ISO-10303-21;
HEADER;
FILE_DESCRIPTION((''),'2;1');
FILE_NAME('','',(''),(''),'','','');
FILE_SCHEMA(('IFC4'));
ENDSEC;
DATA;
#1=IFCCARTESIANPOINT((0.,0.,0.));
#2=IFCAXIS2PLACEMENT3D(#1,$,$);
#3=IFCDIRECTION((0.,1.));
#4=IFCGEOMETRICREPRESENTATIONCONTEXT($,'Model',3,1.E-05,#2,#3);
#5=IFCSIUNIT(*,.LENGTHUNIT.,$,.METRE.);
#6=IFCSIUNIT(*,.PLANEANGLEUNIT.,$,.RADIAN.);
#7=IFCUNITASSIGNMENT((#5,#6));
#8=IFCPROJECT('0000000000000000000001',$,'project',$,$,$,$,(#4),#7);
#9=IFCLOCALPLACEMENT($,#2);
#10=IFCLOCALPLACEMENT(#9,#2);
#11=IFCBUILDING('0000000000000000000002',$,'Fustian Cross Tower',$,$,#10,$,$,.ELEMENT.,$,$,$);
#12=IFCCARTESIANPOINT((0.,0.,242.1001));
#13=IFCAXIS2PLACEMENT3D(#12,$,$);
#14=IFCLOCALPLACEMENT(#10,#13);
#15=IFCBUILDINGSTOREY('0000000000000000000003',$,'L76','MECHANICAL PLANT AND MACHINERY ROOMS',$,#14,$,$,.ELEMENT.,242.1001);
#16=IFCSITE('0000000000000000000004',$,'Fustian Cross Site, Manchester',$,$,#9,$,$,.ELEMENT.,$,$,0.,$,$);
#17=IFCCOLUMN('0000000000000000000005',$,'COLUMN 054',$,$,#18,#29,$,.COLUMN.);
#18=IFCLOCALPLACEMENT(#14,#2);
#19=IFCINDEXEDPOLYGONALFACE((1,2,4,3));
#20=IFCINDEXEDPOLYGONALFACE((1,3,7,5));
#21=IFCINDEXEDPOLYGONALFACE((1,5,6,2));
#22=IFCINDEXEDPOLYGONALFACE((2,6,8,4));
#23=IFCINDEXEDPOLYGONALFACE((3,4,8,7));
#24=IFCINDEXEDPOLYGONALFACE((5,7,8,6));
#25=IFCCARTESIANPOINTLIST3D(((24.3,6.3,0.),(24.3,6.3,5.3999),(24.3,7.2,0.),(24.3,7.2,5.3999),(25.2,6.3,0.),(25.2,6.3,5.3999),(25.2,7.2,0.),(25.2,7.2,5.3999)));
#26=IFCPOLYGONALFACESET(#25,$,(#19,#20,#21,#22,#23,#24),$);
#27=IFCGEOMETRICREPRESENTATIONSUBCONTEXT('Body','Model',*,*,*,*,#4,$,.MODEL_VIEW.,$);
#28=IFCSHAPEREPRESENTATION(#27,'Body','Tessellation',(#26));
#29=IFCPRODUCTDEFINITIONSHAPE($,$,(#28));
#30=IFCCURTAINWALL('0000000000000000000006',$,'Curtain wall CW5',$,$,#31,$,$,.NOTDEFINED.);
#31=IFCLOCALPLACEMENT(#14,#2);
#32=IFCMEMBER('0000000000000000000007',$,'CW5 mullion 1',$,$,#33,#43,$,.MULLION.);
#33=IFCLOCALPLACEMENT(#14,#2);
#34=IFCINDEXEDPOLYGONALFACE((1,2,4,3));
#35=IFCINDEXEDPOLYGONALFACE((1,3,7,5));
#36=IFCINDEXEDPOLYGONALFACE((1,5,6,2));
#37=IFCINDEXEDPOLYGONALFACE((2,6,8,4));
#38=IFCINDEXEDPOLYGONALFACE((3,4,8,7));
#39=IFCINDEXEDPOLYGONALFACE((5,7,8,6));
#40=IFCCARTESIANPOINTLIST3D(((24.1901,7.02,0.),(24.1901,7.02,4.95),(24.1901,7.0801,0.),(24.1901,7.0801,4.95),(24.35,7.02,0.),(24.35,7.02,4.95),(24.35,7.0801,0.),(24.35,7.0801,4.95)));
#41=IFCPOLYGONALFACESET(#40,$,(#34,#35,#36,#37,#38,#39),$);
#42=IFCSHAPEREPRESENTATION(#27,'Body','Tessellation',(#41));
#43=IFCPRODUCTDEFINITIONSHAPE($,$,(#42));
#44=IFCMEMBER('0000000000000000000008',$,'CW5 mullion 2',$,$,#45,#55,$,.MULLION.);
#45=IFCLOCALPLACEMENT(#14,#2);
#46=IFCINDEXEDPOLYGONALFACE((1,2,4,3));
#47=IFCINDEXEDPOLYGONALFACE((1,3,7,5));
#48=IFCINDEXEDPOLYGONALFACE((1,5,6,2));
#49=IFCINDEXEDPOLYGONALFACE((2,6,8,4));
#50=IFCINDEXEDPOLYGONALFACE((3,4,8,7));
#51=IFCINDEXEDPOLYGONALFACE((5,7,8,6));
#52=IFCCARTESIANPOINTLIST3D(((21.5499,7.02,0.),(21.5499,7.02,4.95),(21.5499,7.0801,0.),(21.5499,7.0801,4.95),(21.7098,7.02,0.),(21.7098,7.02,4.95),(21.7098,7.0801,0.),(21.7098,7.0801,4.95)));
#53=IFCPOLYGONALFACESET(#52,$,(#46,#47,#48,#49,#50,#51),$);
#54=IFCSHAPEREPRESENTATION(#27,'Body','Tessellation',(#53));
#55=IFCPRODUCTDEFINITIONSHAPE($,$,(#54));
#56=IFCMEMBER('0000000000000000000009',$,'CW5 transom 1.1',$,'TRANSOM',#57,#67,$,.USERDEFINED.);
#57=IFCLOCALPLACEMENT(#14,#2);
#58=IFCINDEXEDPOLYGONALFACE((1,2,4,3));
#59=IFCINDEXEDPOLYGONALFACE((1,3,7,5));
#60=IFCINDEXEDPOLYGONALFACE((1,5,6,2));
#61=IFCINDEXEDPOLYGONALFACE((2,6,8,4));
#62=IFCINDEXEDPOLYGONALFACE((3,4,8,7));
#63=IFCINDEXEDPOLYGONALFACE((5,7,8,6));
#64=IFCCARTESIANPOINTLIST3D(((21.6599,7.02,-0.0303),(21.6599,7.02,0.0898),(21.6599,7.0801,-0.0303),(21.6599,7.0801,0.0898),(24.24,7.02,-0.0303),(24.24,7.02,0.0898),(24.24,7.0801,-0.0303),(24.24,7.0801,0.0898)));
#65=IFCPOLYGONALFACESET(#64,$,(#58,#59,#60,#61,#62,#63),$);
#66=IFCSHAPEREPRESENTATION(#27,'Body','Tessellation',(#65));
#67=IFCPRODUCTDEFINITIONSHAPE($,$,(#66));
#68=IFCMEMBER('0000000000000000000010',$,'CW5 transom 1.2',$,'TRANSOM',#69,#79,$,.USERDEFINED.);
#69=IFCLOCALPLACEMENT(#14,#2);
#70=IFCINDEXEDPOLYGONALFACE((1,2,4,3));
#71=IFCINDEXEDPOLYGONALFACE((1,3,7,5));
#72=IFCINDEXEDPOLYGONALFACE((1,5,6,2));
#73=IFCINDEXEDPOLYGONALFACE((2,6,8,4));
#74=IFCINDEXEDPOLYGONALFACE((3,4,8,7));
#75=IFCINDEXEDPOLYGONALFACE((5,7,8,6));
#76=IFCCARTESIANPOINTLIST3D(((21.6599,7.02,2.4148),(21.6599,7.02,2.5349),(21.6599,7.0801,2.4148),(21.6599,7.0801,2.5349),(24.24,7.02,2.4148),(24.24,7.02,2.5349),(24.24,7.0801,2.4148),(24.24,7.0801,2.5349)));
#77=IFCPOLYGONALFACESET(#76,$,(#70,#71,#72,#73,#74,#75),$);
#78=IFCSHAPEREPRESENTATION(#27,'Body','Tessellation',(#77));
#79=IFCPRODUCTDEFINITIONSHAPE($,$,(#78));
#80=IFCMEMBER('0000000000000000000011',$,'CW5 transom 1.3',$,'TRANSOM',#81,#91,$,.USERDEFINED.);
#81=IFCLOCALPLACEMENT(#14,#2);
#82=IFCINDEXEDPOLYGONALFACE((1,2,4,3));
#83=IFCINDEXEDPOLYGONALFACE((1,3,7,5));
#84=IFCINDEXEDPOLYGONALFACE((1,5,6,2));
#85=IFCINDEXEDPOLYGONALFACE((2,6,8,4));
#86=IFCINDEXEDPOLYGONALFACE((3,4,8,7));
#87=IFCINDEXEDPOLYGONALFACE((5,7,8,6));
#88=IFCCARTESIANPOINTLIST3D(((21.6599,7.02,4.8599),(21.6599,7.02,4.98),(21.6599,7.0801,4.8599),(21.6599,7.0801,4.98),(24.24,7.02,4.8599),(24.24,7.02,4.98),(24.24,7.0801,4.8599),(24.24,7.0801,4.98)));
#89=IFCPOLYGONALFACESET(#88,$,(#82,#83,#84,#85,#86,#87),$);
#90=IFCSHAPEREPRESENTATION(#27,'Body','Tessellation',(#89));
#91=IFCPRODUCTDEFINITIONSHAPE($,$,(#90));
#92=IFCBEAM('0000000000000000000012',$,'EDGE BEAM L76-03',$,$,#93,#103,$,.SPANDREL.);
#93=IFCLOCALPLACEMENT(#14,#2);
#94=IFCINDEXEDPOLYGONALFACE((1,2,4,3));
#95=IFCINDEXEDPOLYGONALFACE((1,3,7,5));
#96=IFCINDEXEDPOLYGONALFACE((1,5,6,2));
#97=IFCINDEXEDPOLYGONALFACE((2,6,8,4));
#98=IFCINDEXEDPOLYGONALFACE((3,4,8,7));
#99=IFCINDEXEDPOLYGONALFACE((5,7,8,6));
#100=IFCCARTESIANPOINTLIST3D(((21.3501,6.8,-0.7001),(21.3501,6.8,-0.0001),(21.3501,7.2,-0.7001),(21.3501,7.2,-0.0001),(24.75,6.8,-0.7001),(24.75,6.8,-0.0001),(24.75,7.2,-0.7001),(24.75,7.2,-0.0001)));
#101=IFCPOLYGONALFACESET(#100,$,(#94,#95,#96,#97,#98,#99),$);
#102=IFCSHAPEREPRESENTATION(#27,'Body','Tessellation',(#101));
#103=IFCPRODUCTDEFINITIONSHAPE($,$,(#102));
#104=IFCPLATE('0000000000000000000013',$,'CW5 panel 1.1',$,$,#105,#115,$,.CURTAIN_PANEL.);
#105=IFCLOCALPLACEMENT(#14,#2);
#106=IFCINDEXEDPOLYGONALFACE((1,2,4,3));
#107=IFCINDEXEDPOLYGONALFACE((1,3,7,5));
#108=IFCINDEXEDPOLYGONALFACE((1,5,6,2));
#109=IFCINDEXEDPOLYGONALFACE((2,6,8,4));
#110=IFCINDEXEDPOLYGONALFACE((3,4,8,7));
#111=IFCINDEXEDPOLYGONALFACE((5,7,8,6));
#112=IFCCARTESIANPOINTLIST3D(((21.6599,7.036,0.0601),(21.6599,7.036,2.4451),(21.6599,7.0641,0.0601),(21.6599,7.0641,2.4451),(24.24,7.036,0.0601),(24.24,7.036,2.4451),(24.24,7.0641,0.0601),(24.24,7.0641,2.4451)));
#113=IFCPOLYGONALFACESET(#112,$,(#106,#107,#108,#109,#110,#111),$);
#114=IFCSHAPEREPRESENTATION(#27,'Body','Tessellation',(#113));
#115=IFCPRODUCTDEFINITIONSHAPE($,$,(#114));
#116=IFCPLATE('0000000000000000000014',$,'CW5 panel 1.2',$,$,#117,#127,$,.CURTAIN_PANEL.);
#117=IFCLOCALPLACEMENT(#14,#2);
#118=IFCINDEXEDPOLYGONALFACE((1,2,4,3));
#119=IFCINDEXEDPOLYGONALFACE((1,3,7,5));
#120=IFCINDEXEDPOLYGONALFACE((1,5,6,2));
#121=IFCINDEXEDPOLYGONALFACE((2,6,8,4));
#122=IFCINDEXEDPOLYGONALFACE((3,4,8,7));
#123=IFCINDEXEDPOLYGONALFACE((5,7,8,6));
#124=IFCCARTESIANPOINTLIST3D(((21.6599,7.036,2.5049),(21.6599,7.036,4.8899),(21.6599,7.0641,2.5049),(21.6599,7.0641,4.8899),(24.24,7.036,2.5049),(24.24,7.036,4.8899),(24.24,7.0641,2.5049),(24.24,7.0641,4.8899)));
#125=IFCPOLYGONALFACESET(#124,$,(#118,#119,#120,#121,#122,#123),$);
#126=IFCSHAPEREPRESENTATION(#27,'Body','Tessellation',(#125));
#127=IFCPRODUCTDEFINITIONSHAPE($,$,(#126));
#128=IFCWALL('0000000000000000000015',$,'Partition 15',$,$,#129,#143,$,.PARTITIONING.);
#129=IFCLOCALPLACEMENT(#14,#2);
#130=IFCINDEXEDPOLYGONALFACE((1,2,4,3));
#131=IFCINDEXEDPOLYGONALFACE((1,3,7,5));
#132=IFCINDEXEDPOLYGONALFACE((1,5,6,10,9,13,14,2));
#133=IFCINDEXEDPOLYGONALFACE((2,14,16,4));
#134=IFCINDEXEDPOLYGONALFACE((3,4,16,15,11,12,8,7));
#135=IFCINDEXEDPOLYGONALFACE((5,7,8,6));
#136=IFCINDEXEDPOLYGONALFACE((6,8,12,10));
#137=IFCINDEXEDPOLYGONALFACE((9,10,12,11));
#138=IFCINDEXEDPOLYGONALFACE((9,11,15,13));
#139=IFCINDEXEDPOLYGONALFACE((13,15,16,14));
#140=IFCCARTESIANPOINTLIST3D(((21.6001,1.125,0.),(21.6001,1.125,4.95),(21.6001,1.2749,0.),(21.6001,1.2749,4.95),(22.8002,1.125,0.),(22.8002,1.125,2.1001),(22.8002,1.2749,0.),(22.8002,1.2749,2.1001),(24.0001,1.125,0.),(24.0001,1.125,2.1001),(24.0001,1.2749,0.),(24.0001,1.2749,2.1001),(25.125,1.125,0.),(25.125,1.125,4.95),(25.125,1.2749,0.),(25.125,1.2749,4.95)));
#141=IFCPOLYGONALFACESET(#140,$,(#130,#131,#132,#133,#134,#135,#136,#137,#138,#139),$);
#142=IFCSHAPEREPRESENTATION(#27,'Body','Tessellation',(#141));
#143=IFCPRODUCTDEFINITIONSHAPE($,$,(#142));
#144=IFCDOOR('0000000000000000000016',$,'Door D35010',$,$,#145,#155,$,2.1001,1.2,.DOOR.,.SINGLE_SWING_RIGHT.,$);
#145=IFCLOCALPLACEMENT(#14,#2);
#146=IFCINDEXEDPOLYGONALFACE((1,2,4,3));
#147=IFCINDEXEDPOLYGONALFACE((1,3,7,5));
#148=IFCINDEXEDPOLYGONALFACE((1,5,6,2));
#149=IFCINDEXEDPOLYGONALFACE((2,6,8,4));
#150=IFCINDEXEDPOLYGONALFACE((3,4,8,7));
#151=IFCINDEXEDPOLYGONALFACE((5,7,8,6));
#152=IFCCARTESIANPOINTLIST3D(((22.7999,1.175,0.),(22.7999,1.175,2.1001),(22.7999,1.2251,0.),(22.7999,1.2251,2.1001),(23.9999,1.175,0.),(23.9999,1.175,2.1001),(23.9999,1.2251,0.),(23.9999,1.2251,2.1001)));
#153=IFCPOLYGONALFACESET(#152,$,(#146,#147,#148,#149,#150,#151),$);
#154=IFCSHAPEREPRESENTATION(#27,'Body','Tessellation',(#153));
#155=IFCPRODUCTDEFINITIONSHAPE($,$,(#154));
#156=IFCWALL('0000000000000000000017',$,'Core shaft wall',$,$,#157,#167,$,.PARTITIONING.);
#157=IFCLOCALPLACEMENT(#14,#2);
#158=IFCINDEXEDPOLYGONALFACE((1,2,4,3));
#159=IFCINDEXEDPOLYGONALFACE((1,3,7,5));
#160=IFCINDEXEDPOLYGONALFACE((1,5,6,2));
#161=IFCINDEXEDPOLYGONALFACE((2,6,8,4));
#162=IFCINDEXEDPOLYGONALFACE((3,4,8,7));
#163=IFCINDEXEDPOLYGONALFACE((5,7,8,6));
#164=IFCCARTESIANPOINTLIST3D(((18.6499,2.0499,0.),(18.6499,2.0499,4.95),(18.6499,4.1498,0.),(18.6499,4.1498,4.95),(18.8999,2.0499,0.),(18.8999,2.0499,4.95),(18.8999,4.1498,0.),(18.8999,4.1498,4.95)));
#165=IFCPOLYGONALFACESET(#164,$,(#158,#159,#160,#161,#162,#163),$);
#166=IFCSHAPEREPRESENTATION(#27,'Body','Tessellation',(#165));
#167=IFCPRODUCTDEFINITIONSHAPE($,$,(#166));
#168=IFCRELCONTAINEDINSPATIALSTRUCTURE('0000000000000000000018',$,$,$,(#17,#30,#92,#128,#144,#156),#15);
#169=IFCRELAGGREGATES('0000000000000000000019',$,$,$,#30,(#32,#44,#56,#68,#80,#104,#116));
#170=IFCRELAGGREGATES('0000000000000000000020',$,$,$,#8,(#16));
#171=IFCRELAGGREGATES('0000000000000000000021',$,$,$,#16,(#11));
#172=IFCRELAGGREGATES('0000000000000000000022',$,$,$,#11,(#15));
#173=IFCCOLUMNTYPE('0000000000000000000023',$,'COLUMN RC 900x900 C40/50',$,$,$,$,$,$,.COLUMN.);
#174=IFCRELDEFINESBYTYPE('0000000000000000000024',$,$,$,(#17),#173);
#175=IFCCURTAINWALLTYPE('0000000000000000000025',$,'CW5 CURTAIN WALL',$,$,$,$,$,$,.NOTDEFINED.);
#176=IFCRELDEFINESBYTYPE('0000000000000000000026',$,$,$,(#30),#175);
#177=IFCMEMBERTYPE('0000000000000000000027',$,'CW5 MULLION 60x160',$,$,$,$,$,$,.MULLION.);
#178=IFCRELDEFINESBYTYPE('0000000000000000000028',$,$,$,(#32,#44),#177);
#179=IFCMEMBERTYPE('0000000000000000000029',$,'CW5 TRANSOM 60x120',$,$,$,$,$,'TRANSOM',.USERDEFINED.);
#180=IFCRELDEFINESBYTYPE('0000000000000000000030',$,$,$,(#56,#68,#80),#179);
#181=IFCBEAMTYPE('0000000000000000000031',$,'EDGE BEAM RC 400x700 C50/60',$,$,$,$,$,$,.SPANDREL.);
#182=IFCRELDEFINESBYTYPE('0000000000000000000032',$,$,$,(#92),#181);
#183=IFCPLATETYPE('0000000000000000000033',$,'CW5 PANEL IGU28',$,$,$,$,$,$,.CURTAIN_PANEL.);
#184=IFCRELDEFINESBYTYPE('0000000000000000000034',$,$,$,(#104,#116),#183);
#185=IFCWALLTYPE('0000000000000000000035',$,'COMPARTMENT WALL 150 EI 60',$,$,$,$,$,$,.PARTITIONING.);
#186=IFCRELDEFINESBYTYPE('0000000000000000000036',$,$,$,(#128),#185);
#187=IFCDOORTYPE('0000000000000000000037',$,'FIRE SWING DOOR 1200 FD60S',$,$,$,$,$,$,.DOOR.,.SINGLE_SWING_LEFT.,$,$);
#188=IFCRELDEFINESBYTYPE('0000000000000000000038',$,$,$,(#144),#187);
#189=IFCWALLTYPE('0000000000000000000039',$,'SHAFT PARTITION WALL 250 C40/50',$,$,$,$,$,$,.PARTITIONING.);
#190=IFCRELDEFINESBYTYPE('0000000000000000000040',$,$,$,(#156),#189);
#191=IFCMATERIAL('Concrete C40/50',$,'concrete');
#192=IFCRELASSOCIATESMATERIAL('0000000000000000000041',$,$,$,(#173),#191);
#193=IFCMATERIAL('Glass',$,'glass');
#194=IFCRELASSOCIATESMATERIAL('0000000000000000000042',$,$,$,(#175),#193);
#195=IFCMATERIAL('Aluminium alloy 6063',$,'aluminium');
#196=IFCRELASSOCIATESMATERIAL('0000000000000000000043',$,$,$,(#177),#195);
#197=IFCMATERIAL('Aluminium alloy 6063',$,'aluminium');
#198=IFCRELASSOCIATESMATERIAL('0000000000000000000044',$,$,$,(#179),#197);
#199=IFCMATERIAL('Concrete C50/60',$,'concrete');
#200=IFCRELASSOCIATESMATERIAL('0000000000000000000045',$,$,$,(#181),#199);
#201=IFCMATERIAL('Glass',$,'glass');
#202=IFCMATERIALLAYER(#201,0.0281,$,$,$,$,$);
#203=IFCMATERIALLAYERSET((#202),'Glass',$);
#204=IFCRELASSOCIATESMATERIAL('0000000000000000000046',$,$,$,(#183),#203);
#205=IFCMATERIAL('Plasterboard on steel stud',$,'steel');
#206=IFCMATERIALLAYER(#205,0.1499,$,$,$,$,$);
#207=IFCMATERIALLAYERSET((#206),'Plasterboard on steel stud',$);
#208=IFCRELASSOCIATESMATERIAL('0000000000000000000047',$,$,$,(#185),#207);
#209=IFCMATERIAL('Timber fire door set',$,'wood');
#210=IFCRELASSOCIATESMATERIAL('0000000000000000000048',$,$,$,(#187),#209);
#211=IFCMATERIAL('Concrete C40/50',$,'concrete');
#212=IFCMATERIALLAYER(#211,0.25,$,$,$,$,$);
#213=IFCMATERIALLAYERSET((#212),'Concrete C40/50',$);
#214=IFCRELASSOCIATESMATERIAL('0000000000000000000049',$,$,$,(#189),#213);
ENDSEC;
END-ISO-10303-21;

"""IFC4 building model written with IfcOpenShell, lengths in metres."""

from ifc_helpers import new_model, si_unit, direction, frame, frame_2d, origin, origin_2d, place, context, subcontext, project, spatial, rectangle, extrude, material, layer, layer_set, material_profile, profile_set, type_object, element, fill, aggregate, save


model = new_model("IFC4")

# Units and contexts
model_context = context("Model", 3, precision=1e-05, world=origin(), true_north=direction((0.0, 1.0)))
body_context = subcontext(model_context, "Body", "Model", "MODEL_VIEW")
ifc_project = project(units=[si_unit("LENGTHUNIT", "METRE"), si_unit("PLANEANGLEUNIT", "RADIAN")], contexts=[model_context])

# Site, building, storey
site_placement = place(None, origin())
site = spatial("IfcSite", under=ifc_project, at=site_placement, Name="Fustian Cross Site, Manchester", CompositionType="ELEMENT", RefElevation=0.0)
building_placement = place(site_placement, origin())
building = spatial("IfcBuilding", under=site, at=building_placement, Name="Fustian Cross Tower", CompositionType="ELEMENT")
storey_placement = place(building_placement, frame((0.0, 0.0, 242.1001)))
storey = spatial("IfcBuildingStorey", under=building, at=storey_placement, Name="L76", Description="MECHANICAL PLANT AND MACHINERY ROOMS", CompositionType="ELEMENT", Elevation=242.1001)

# Column
ifc_material_1 = material(Name="Concrete C40/50", Category="concrete")
ifc_material_profile_1 = material_profile(ifc_material_1, rectangle(XDim=0.8999, YDim=0.8999, at=origin_2d()), Name="RC 900x900")
ifc_profile_set_1 = profile_set([ifc_material_profile_1], Name="Concrete C40/50")
column_type = type_object("IfcColumnType", Name="COLUMN RC 900x900 C40/50", PredefinedType="COLUMN", material=ifc_profile_set_1)
column_placement = place(storey_placement, frame((24.75, 6.75, 0.0), z_axis=(0.0, 0.0, 1.0), x_axis=(1.0, 0.0, 0.0)))
element("IfcColumn", 1, at=column_placement, inside=storey, type_object=column_type, Name="COLUMN 054", PredefinedType="COLUMN", context=body_context, shape_type="SweptSolid", body=[
    extrude(rectangle(XDim=0.8999, YDim=0.8999, at=origin_2d()), origin(), (0.0, 0.0, 1.0), 5.3999),
])

# Curtain wall, members
ifc_material_2 = material(Name="Glass", Category="glass")
curtain_wall_type = type_object("IfcCurtainWallType", Name="CW5 CURTAIN WALL", PredefinedType="NOTDEFINED", material=ifc_material_2)
curtain_wall_placement = place(storey_placement, origin())
curtain_wall = element("IfcCurtainWall", 2, at=curtain_wall_placement, inside=storey, type_object=curtain_wall_type, Name="Curtain wall CW5", PredefinedType="NOTDEFINED")
ifc_material_3 = material(Name="Aluminium alloy 6063", Category="aluminium")
ifc_material_profile_2 = material_profile(ifc_material_3, rectangle(XDim=0.0601, YDim=0.1599, at=origin_2d()), Name="CW5 MULLION 60x160")
ifc_profile_set_2 = profile_set([ifc_material_profile_2], Name="Aluminium alloy 6063")
member_type_1 = type_object("IfcMemberType", Name="CW5 MULLION 60x160", PredefinedType="MULLION", material=ifc_profile_set_2)
member_1_placement = place(storey_placement, frame((24.27, 7.05, 0.0), z_axis=(0.0, 0.0, 1.0), x_axis=(0.0, -1.0, 0.0)))
member_1 = element("IfcMember", 3, at=member_1_placement, type_object=member_type_1, Name="CW5 mullion 1", PredefinedType="MULLION", context=body_context, shape_type="SweptSolid", body=[
    extrude(rectangle(XDim=0.0601, YDim=0.1599, at=origin_2d()), origin(), (0.0, 0.0, 1.0), 4.95),
])
member_2_placement = place(storey_placement, frame((21.6299, 7.05, 0.0), z_axis=(0.0, 0.0, 1.0), x_axis=(0.0, -1.0, 0.0)))
member_2 = element("IfcMember", 4, at=member_2_placement, type_object=member_type_1, Name="CW5 mullion 2", PredefinedType="MULLION", context=body_context, shape_type="SweptSolid", body=[
    extrude(rectangle(XDim=0.0601, YDim=0.1599, at=origin_2d()), origin(), (0.0, 0.0, 1.0), 4.95),
])
ifc_material_4 = material(Name="Aluminium alloy 6063", Category="aluminium")
ifc_material_profile_3 = material_profile(ifc_material_4, rectangle(XDim=0.0601, YDim=0.1201, at=origin_2d()), Name="CW5 TRANSOM 60x120")
ifc_profile_set_3 = profile_set([ifc_material_profile_3], Name="Aluminium alloy 6063")
member_type_2 = type_object("IfcMemberType", Name="CW5 TRANSOM 60x120", ElementType="TRANSOM", PredefinedType="USERDEFINED", material=ifc_profile_set_3)
member_3_placement = place(storey_placement, frame((24.24, 7.05, 0.0298), z_axis=(-1.0, 0.0, 0.0), x_axis=(0.0, -1.0, 0.0)))
member_3 = element("IfcMember", 5, at=member_3_placement, type_object=member_type_2, Name="CW5 transom 1.1", ObjectType="TRANSOM", PredefinedType="USERDEFINED", context=body_context, shape_type="SweptSolid", body=[
    extrude(rectangle(XDim=0.0601, YDim=0.1201, at=origin_2d()), origin(), (0.0, 0.0, 1.0), 2.5801),
])
member_4_placement = place(storey_placement, frame((24.24, 7.05, 2.4749), z_axis=(-1.0, 0.0, 0.0), x_axis=(0.0, -1.0, 0.0)))
member_4 = element("IfcMember", 6, at=member_4_placement, type_object=member_type_2, Name="CW5 transom 1.2", ObjectType="TRANSOM", PredefinedType="USERDEFINED", context=body_context, shape_type="SweptSolid", body=[
    extrude(rectangle(XDim=0.0601, YDim=0.1201, at=origin_2d()), origin(), (0.0, 0.0, 1.0), 2.5801),
])
member_5_placement = place(storey_placement, frame((24.24, 7.05, 4.9199), z_axis=(-1.0, 0.0, 0.0), x_axis=(0.0, -1.0, 0.0)))
member_5 = element("IfcMember", 7, at=member_5_placement, type_object=member_type_2, Name="CW5 transom 1.3", ObjectType="TRANSOM", PredefinedType="USERDEFINED", context=body_context, shape_type="SweptSolid", body=[
    extrude(rectangle(XDim=0.0601, YDim=0.1201, at=origin_2d()), origin(), (0.0, 0.0, 1.0), 2.5801),
])

# Beam
ifc_material_5 = material(Name="Concrete C50/60", Category="concrete")
ifc_material_profile_4 = material_profile(ifc_material_5, rectangle(XDim=0.3999, YDim=0.7, at=origin_2d()), Name="RC 400x700")
ifc_profile_set_4 = profile_set([ifc_material_profile_4], Name="Concrete C50/60")
beam_type = type_object("IfcBeamType", Name="EDGE BEAM RC 400x700 C50/60", PredefinedType="SPANDREL", material=ifc_profile_set_4)
beam_placement = place(storey_placement, frame((24.75, 7.0, -0.3501), z_axis=(-1.0, 0.0, 0.0), x_axis=(0.0, -1.0, 0.0)))
element("IfcBeam", 8, at=beam_placement, inside=storey, type_object=beam_type, Name="EDGE BEAM L76-03", PredefinedType="SPANDREL", context=body_context, shape_type="SweptSolid", body=[
    extrude(rectangle(XDim=0.3999, YDim=0.7, at=origin_2d()), origin(), (0.0, 0.0, 1.0), 3.3999),
])

# Plates
ifc_material_6 = material(Name="Glass", Category="glass")
ifc_layer_1 = layer(ifc_material_6, 0.0281)
ifc_layer_set_1 = layer_set([ifc_layer_1], Name="Glass")
plate_type = type_object("IfcPlateType", Name="CW5 PANEL IGU28", PredefinedType="CURTAIN_PANEL", material=ifc_layer_set_1)
plate_1_placement = place(storey_placement, frame((22.95, 7.05, 0.0601), z_axis=(0.0, 0.0, 1.0), x_axis=(-1.0, 0.0, 0.0)))
plate_1 = element("IfcPlate", 9, at=plate_1_placement, type_object=plate_type, Name="CW5 panel 1.1", PredefinedType="CURTAIN_PANEL", context=body_context, shape_type="SweptSolid", body=[
    extrude(rectangle(XDim=2.5801, YDim=0.0281, at=origin_2d()), origin(), (0.0, 0.0, 1.0), 2.385),
])
plate_2_placement = place(storey_placement, frame((22.95, 7.05, 2.5049), z_axis=(0.0, 0.0, 1.0), x_axis=(-1.0, 0.0, 0.0)))
plate_2 = element("IfcPlate", 10, at=plate_2_placement, type_object=plate_type, Name="CW5 panel 1.2", PredefinedType="CURTAIN_PANEL", context=body_context, shape_type="SweptSolid", body=[
    extrude(rectangle(XDim=2.5801, YDim=0.0281, at=origin_2d()), origin(), (0.0, 0.0, 1.0), 2.385),
])
aggregate(curtain_wall, [member_1, member_2, member_3, member_4, member_5, plate_1, plate_2])

# Wall, opening, door
ifc_material_7 = material(Name="Plasterboard on steel stud", Category="steel")
ifc_layer_2 = layer(ifc_material_7, 0.1499)
ifc_layer_set_2 = layer_set([ifc_layer_2], Name="Plasterboard on steel stud")
wall_type_1 = type_object("IfcWallType", Name="COMPARTMENT WALL 150 EI 60", PredefinedType="PARTITIONING", material=ifc_layer_set_2)
wall_1_placement = place(storey_placement, frame((21.6001, 1.2, 0.0), z_axis=(0.0, 0.0, 1.0), x_axis=(1.0, 0.0, 0.0)))
wall_1 = element("IfcWall", 11, at=wall_1_placement, inside=storey, type_object=wall_type_1, Name="Partition 15", PredefinedType="PARTITIONING", context=body_context, shape_type="SweptSolid", body=[
    extrude(rectangle(XDim=3.5249, YDim=0.1499, at=frame_2d((1.7625, 0.0))), origin(), (0.0, 0.0, 1.0), 4.95),
])
opening_placement = place(wall_1_placement, frame((1.2, 0.0, 0.0)))
opening = element("IfcOpeningElement", 12, at=opening_placement, cuts=wall_1, PredefinedType="OPENING", context=body_context, shape_type="SweptSolid", body=[
    extrude(rectangle(XDim=1.2, YDim=2.1001, at=frame_2d((0.6001, 1.05))), frame((0.0, 0.085, 0.0), z_axis=(0.0, -1.0, 0.0), x_axis=(1.0, 0.0, 0.0)), (0.0, 0.0, 1.0), 0.1699),
])
ifc_material_8 = material(Name="Timber fire door set", Category="wood")
door_type = type_object("IfcDoorType", Name="FIRE SWING DOOR 1200 FD60S", OperationType="SINGLE_SWING_LEFT", PredefinedType="DOOR", material=ifc_material_8)
door_placement = place(opening_placement, frame((1.2, 0.0, 0.0), z_axis=(0.0, 0.0, 1.0), x_axis=(-1.0, 0.0, 0.0)))
door = element("IfcDoor", 13, at=door_placement, inside=storey, type_object=door_type, Name="Door D35010", OperationType="SINGLE_SWING_RIGHT", OverallHeight=2.1001, OverallWidth=1.2, PredefinedType="DOOR", context=body_context, shape_type="SweptSolid", body=[
    extrude(rectangle(XDim=1.2, YDim=2.1001, at=frame_2d((0.6001, 1.05))), frame((0.0, 0.0249, 0.0), z_axis=(0.0, -1.0, 0.0), x_axis=(1.0, 0.0, 0.0)), (0.0, 0.0, 1.0), 0.05),
])
fill(opening, door)

# Wall
ifc_material_9 = material(Name="Concrete C40/50", Category="concrete")
ifc_layer_3 = layer(ifc_material_9, 0.25)
ifc_layer_set_3 = layer_set([ifc_layer_3], Name="Concrete C40/50")
wall_type_2 = type_object("IfcWallType", Name="SHAFT PARTITION WALL 250 C40/50", PredefinedType="PARTITIONING", material=ifc_layer_set_3)
wall_2_placement = place(storey_placement, frame((18.7749, 2.05, 0.0), z_axis=(0.0, 0.0, 1.0), x_axis=(0.0, 1.0, 0.0)))
element("IfcWall", 14, at=wall_2_placement, inside=storey, type_object=wall_type_2, Name="Core shaft wall", PredefinedType="PARTITIONING", context=body_context, shape_type="SweptSolid", body=[
    extrude(rectangle(XDim=2.0999, YDim=0.25, at=frame_2d((1.0498, 0.0))), origin(), (0.0, 0.0, 1.0), 4.95),
])

save(model, "model.ifc")
